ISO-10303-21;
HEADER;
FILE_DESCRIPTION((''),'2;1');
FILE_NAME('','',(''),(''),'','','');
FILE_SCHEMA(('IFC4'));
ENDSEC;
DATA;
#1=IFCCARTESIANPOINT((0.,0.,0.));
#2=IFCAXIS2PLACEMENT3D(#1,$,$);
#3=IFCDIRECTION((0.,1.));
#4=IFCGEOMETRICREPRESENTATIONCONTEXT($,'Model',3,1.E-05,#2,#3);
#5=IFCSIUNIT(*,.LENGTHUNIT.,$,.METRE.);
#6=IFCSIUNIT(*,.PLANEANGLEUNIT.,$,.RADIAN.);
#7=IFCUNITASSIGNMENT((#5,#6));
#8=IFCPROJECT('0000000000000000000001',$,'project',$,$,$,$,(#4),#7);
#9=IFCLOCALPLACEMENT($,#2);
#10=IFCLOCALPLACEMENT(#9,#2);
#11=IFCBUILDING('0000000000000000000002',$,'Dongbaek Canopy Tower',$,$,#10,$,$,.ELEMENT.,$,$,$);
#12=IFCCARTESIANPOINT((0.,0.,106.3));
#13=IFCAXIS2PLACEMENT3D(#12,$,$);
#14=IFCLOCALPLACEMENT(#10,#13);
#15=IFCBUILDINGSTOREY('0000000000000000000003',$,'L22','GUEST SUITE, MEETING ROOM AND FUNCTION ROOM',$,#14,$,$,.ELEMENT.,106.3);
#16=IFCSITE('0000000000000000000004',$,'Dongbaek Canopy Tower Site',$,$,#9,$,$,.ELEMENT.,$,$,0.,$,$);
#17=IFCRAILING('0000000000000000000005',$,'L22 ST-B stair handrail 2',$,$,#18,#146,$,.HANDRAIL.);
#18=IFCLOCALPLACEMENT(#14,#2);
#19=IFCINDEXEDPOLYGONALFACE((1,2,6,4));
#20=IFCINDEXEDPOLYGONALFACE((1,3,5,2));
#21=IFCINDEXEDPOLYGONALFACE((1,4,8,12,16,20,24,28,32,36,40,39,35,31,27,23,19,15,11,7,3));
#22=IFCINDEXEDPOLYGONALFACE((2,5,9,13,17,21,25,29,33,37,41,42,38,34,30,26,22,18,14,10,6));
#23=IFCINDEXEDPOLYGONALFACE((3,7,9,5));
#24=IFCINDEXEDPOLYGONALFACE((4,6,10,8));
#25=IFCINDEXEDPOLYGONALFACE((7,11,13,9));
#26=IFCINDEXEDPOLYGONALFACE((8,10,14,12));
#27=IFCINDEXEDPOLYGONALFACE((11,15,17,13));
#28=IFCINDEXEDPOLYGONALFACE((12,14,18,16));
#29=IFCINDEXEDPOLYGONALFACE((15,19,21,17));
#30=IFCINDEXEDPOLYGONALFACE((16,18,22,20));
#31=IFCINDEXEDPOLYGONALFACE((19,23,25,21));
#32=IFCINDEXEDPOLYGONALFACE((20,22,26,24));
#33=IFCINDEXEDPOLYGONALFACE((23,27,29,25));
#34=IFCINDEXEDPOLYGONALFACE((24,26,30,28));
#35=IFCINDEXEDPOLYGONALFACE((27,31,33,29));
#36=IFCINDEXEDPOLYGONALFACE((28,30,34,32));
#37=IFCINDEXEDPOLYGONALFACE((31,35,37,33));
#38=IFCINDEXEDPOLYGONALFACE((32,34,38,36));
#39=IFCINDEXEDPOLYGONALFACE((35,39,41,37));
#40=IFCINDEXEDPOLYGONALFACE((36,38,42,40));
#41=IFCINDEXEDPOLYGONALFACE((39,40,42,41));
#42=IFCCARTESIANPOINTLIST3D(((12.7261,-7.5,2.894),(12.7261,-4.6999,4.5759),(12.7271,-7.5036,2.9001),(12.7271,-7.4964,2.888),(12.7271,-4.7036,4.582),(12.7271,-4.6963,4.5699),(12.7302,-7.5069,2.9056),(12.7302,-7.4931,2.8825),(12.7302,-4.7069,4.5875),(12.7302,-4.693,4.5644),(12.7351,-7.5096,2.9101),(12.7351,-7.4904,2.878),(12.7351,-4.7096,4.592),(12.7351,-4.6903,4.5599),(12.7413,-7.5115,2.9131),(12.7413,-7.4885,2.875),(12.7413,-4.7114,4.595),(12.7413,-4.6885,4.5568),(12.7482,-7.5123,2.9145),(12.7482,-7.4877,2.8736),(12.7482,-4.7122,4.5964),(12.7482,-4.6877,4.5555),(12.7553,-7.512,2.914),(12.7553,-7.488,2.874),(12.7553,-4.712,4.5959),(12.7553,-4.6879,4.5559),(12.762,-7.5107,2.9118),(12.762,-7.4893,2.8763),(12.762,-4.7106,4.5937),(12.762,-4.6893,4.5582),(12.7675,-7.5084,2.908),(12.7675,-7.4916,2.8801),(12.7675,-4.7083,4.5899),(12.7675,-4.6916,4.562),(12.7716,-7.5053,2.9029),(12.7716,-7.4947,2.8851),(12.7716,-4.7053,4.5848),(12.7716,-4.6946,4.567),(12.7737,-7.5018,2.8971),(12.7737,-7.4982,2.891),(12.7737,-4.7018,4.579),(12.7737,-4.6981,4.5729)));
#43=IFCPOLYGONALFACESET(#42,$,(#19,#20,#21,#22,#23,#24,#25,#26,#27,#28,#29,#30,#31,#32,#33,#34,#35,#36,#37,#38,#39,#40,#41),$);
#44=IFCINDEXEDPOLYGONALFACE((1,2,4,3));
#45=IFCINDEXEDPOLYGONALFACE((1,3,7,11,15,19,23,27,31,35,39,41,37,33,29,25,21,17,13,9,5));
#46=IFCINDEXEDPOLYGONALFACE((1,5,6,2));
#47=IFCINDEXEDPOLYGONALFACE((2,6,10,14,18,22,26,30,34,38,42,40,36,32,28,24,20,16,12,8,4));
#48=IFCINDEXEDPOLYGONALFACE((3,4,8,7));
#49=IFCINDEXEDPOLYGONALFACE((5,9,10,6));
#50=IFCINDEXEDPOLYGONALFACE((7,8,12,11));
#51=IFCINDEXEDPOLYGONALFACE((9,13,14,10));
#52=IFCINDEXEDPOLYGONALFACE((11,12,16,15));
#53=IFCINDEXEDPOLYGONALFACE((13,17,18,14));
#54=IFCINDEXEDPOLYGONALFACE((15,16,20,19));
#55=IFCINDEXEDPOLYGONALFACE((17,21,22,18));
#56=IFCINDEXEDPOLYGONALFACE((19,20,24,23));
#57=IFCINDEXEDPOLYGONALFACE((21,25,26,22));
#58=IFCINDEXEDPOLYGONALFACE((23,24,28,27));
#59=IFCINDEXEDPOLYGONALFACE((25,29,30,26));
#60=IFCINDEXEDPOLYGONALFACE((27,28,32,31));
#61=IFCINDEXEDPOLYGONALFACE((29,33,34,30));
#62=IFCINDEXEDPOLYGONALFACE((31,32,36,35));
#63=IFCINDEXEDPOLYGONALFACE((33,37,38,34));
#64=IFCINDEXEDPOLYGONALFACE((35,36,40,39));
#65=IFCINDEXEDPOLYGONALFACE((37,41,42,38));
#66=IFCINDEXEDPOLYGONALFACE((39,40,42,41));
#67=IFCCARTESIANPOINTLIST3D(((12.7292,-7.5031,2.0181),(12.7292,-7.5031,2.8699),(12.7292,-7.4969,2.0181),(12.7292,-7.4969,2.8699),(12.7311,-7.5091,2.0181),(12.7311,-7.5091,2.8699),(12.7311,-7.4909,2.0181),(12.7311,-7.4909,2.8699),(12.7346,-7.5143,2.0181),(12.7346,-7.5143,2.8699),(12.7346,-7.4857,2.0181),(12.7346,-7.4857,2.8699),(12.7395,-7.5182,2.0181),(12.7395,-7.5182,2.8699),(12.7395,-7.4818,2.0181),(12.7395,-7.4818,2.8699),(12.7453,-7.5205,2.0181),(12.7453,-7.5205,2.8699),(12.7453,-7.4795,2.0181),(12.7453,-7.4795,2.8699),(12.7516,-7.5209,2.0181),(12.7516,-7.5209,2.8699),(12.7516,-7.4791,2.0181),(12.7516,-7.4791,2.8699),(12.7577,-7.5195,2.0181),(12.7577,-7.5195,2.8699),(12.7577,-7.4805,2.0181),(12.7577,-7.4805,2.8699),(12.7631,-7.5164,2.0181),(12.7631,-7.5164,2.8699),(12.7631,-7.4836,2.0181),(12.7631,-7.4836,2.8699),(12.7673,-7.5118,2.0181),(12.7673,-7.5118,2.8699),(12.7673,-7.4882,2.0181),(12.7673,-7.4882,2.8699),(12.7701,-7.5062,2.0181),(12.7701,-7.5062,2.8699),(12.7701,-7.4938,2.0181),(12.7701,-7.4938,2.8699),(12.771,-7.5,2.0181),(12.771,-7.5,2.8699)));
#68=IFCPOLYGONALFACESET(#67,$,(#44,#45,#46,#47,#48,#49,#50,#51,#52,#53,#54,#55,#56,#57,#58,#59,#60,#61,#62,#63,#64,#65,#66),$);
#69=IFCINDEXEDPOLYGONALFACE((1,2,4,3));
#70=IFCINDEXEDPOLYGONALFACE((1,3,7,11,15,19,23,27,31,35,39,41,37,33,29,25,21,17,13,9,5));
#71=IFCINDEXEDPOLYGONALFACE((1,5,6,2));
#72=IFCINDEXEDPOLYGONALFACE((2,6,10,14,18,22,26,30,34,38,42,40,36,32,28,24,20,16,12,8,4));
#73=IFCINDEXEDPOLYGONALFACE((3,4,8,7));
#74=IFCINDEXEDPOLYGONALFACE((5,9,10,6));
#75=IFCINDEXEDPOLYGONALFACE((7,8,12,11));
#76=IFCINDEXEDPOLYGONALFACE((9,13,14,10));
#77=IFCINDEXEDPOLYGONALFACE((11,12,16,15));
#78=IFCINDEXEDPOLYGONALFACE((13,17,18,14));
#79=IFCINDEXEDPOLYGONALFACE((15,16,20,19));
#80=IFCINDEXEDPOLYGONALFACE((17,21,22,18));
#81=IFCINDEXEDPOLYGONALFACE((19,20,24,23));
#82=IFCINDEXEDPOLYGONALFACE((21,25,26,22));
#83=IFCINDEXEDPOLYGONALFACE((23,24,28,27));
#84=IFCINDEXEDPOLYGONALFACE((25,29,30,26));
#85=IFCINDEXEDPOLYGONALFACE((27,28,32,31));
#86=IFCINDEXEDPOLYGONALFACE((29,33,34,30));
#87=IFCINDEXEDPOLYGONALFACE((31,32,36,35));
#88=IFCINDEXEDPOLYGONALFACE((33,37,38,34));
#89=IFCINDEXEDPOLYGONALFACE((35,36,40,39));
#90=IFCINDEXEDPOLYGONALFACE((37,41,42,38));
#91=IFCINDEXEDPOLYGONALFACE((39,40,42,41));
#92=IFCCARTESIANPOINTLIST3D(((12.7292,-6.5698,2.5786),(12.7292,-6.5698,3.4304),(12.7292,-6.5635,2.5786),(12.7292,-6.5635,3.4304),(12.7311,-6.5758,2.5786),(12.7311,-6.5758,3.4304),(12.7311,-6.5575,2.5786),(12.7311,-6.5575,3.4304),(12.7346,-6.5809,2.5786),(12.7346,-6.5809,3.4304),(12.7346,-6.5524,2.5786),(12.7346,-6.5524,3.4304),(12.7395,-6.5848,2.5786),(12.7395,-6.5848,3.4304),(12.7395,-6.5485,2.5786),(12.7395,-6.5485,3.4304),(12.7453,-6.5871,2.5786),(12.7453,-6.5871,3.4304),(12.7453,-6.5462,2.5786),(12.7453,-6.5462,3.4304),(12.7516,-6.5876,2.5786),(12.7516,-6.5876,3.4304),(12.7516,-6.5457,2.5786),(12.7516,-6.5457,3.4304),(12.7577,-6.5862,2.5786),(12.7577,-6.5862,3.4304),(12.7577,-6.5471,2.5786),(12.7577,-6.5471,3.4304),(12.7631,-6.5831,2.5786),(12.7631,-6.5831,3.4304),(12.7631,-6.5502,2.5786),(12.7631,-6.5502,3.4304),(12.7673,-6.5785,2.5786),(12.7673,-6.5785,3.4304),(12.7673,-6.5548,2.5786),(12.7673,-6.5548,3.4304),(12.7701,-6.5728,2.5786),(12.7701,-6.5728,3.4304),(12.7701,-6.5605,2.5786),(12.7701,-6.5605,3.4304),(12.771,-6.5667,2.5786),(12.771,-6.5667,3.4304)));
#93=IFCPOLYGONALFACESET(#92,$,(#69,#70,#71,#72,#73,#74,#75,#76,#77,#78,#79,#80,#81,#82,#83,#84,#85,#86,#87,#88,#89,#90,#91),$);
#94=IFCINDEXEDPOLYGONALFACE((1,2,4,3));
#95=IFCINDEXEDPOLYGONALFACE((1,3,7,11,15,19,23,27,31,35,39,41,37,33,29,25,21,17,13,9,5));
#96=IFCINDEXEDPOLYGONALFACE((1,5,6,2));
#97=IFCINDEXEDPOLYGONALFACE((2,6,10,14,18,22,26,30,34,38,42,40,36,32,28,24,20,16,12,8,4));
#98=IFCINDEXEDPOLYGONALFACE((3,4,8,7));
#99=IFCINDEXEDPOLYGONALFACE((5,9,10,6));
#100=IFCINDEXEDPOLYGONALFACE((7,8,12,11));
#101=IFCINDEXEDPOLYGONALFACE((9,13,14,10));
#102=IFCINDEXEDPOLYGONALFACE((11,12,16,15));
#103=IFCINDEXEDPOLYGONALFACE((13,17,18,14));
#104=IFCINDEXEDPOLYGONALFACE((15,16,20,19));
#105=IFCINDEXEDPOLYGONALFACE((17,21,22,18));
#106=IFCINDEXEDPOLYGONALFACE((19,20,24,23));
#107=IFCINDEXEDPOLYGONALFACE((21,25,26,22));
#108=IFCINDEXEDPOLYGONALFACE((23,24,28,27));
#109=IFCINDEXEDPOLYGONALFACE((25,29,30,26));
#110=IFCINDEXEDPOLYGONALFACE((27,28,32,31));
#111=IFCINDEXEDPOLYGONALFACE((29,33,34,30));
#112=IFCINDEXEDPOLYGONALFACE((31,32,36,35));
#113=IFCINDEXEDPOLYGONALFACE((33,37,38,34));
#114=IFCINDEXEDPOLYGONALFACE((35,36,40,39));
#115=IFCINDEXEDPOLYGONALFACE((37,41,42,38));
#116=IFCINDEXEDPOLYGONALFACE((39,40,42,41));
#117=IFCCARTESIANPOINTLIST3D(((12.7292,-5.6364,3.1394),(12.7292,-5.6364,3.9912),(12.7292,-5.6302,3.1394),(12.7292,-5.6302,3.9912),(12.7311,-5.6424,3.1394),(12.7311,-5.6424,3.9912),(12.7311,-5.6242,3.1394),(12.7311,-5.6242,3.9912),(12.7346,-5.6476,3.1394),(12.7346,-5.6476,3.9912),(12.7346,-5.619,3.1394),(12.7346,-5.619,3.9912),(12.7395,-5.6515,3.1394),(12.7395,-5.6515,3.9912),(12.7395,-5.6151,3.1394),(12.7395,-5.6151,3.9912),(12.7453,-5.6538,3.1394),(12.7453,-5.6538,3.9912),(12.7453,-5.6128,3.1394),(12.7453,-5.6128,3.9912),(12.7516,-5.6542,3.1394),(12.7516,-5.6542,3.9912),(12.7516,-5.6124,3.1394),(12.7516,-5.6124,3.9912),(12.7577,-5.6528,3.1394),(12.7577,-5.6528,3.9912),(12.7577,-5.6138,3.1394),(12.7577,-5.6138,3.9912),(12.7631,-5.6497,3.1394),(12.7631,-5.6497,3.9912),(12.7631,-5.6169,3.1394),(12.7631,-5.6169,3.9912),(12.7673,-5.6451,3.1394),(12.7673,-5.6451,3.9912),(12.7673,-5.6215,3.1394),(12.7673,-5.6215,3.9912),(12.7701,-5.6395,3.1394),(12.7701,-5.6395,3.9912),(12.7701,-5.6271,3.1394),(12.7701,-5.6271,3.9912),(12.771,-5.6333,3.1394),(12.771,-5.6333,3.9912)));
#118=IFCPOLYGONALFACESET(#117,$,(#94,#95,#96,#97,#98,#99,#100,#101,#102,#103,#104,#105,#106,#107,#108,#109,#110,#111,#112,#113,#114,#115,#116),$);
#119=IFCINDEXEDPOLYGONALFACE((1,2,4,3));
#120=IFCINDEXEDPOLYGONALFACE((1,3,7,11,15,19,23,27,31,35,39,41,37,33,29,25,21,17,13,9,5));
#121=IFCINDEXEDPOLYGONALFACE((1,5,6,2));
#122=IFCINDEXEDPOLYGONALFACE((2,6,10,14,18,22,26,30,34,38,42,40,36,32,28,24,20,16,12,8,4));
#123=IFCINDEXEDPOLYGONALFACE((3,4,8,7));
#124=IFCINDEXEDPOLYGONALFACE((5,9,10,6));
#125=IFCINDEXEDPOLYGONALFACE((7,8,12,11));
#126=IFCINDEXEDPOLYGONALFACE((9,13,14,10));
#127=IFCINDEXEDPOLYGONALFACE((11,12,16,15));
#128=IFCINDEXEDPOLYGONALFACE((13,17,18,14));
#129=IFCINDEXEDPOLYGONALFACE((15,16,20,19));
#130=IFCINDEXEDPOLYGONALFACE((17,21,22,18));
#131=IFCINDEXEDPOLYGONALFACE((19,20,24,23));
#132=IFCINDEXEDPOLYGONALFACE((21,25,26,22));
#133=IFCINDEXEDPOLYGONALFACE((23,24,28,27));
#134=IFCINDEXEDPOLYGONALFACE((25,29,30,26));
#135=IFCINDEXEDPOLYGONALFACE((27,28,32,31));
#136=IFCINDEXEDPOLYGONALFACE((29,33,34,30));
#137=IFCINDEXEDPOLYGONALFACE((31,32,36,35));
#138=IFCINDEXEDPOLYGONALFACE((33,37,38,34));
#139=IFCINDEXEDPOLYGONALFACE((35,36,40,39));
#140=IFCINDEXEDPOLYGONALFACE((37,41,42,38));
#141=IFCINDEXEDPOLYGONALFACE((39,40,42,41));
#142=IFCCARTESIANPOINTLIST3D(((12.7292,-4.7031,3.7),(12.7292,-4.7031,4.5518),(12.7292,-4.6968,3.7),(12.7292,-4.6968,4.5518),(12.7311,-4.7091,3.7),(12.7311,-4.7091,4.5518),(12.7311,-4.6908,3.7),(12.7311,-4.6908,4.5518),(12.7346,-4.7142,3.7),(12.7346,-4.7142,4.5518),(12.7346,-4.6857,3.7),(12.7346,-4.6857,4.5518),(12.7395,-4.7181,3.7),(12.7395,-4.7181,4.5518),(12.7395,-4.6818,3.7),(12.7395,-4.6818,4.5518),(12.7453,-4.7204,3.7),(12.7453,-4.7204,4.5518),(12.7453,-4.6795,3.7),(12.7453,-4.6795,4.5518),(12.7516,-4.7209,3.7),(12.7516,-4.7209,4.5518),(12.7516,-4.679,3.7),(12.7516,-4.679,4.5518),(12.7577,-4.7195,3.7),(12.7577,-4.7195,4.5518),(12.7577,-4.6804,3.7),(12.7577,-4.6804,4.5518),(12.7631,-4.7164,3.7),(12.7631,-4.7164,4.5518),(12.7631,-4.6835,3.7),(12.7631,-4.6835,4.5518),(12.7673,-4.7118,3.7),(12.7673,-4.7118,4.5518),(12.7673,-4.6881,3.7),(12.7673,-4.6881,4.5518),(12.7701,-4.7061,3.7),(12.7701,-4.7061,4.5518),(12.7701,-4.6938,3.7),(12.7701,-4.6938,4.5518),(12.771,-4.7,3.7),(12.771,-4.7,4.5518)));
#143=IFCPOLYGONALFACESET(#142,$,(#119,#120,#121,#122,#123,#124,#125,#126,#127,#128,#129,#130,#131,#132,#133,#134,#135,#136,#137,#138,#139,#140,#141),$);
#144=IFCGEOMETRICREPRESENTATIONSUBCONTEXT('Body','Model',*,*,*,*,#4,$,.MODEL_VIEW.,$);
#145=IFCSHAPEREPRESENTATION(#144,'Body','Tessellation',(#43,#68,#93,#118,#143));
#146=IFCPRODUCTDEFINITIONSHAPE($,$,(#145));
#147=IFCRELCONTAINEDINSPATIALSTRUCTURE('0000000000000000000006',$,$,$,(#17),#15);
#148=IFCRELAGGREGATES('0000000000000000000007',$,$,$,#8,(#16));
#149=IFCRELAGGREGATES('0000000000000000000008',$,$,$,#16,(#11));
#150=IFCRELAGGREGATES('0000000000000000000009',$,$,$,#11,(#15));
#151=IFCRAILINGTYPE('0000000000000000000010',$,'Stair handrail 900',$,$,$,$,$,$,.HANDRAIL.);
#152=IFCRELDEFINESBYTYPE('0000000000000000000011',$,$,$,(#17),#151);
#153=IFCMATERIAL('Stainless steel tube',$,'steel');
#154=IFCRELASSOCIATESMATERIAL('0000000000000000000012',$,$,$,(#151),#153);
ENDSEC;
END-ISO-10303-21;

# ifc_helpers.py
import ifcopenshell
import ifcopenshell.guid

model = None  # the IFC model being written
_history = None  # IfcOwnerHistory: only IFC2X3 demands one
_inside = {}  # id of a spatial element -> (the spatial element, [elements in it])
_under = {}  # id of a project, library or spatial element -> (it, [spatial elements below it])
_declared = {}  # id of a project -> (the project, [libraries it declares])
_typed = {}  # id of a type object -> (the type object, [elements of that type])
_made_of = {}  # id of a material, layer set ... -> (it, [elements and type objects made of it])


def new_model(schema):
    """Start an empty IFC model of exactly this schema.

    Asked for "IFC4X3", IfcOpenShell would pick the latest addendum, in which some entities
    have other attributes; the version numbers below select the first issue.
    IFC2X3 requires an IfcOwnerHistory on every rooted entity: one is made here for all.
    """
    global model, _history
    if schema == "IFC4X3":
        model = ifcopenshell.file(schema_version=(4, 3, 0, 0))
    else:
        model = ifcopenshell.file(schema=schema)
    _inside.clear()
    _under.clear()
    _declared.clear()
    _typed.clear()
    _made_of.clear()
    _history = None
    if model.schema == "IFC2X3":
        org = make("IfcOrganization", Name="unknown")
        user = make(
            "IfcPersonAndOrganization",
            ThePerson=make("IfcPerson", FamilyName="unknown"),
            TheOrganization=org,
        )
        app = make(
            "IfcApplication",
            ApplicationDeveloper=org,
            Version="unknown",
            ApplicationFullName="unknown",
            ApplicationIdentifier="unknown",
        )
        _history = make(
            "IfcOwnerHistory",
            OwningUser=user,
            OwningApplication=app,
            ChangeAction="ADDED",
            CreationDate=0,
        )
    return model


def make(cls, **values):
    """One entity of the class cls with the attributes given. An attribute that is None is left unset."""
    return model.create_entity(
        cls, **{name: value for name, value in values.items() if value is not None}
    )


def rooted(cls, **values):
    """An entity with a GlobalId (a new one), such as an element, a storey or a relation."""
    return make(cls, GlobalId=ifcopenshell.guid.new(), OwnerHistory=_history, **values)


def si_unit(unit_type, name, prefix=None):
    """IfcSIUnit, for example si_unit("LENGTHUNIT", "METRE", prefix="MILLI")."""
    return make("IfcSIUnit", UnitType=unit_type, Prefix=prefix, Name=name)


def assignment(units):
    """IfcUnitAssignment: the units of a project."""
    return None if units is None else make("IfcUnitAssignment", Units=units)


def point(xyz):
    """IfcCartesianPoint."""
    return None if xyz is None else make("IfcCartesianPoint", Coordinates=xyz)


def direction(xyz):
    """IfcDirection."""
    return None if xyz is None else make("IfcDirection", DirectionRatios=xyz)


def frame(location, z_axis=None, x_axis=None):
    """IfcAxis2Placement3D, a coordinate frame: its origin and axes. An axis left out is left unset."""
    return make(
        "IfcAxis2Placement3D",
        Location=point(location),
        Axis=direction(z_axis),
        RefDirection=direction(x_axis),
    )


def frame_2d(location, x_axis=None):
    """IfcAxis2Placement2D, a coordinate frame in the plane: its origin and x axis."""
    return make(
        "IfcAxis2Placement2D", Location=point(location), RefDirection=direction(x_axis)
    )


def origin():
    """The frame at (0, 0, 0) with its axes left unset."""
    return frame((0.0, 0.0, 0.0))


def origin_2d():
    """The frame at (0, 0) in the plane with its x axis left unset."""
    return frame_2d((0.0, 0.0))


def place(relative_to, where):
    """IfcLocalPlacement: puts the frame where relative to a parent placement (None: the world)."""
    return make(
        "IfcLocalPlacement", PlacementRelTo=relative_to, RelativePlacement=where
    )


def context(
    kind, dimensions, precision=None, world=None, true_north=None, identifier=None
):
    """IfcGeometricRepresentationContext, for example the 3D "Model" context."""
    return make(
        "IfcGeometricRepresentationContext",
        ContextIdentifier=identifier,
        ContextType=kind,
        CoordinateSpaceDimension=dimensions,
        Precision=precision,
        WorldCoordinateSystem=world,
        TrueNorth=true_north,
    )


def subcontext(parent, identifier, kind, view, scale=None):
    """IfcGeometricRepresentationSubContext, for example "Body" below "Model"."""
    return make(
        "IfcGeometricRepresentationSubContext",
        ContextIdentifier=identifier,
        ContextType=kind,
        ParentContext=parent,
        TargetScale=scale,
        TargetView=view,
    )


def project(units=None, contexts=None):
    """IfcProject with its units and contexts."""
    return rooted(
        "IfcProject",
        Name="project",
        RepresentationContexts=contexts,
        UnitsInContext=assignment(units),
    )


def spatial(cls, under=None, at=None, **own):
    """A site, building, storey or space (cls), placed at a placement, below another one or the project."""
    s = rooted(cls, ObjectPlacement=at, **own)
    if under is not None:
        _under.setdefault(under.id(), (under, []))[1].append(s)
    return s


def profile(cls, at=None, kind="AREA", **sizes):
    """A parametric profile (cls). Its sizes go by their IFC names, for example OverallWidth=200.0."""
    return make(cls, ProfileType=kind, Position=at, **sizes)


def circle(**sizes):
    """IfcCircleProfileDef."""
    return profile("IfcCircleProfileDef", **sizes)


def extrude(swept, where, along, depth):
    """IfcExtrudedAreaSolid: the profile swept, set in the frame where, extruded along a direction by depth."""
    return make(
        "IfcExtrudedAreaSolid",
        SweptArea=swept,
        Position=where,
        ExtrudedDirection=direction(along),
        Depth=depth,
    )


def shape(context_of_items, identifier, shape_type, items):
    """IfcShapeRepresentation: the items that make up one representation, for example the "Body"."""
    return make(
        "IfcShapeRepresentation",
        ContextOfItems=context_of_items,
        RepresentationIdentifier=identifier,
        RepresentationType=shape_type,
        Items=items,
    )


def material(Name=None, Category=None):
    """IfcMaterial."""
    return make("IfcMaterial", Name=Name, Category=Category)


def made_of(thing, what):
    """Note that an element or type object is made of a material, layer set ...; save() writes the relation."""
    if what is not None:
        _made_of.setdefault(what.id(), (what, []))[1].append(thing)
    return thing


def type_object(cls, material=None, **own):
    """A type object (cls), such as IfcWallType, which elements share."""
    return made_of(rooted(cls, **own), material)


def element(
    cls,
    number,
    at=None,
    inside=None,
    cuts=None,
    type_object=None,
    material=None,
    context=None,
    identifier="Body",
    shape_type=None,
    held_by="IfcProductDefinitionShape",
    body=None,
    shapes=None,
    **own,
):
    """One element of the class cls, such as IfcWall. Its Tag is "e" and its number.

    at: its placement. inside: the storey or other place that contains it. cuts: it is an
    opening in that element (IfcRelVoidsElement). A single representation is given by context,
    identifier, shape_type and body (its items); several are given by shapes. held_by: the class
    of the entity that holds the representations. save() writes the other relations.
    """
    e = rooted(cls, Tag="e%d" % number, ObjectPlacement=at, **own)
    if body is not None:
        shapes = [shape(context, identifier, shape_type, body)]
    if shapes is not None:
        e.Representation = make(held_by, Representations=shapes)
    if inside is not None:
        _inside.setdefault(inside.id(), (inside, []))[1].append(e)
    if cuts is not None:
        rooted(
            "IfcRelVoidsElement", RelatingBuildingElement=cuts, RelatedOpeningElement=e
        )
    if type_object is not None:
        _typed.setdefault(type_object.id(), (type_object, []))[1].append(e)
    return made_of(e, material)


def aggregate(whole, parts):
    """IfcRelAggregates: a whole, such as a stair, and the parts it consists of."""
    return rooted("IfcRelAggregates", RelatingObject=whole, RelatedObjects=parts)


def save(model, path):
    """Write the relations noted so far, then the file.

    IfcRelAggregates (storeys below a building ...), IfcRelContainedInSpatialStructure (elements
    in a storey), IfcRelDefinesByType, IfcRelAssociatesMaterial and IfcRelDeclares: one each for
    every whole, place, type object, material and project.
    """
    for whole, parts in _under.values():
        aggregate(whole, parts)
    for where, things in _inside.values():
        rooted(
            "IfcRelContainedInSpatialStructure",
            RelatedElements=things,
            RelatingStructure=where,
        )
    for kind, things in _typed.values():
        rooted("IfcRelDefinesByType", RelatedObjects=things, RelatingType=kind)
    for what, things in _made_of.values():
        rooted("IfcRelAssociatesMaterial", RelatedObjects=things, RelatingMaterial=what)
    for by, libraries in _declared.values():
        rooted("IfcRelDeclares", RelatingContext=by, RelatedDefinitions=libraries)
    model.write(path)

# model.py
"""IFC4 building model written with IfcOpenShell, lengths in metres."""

from ifc_helpers import new_model, si_unit, direction, frame, origin, origin_2d, place, context, subcontext, project, spatial, circle, extrude, material, type_object, element, save


model = new_model("IFC4")

# Units and contexts
model_context = context("Model", 3, precision=1e-05, world=origin(), true_north=direction((0.0, 1.0)))
body_context = subcontext(model_context, "Body", "Model", "MODEL_VIEW")
ifc_project = project(units=[si_unit("LENGTHUNIT", "METRE"), si_unit("PLANEANGLEUNIT", "RADIAN")], contexts=[model_context])

# Site, building, storey
site_placement = place(None, origin())
site = spatial("IfcSite", under=ifc_project, at=site_placement, Name="Dongbaek Canopy Tower Site", CompositionType="ELEMENT", RefElevation=0.0)
building_placement = place(site_placement, origin())
building = spatial("IfcBuilding", under=site, at=building_placement, Name="Dongbaek Canopy Tower", CompositionType="ELEMENT")
storey_placement = place(building_placement, frame((0.0, 0.0, 106.3)))
storey = spatial("IfcBuildingStorey", under=building, at=storey_placement, Name="L22", Description="GUEST SUITE, MEETING ROOM AND FUNCTION ROOM", CompositionType="ELEMENT", Elevation=106.3)

# Railing
ifc_material_1 = material(Name="Stainless steel tube", Category="steel")
railing_type_1 = type_object("IfcRailingType", Name="Stair handrail 900", PredefinedType="HANDRAIL", material=ifc_material_1)
railing_1_placement = place(storey_placement, frame((12.75, -7.5, 2.0181)))
element("IfcRailing", 1, at=railing_1_placement, inside=storey, type_object=railing_type_1, Name="L22 ST-B stair handrail 2", PredefinedType="HANDRAIL", context=body_context, shape_type="SweptSolid", body=[
    extrude(circle(Radius=0.0239, at=origin_2d()), frame((0.0, 0.0, 0.876), z_axis=(0.0, 0.857242, 0.514913), x_axis=(-1.0, 0.0, 0.0)), (0.0, 0.0, 1.0), 3.2664),
    extrude(circle(Radius=0.021, at=origin_2d()), origin(), (0.0, 0.0, 1.0), 0.8518),
    extrude(circle(Radius=0.021, at=origin_2d()), frame((0.0, 0.9333, 0.5605)), (0.0, 0.0, 1.0), 0.8518),
    extrude(circle(Radius=0.021, at=origin_2d()), frame((0.0, 1.8667, 1.1213)), (0.0, 0.0, 1.0), 0.8518),
    extrude(circle(Radius=0.021, at=origin_2d()), frame((0.0, 2.8, 1.6819)), (0.0, 0.0, 1.0), 0.8518),
])

save(model, "model.ifc")
